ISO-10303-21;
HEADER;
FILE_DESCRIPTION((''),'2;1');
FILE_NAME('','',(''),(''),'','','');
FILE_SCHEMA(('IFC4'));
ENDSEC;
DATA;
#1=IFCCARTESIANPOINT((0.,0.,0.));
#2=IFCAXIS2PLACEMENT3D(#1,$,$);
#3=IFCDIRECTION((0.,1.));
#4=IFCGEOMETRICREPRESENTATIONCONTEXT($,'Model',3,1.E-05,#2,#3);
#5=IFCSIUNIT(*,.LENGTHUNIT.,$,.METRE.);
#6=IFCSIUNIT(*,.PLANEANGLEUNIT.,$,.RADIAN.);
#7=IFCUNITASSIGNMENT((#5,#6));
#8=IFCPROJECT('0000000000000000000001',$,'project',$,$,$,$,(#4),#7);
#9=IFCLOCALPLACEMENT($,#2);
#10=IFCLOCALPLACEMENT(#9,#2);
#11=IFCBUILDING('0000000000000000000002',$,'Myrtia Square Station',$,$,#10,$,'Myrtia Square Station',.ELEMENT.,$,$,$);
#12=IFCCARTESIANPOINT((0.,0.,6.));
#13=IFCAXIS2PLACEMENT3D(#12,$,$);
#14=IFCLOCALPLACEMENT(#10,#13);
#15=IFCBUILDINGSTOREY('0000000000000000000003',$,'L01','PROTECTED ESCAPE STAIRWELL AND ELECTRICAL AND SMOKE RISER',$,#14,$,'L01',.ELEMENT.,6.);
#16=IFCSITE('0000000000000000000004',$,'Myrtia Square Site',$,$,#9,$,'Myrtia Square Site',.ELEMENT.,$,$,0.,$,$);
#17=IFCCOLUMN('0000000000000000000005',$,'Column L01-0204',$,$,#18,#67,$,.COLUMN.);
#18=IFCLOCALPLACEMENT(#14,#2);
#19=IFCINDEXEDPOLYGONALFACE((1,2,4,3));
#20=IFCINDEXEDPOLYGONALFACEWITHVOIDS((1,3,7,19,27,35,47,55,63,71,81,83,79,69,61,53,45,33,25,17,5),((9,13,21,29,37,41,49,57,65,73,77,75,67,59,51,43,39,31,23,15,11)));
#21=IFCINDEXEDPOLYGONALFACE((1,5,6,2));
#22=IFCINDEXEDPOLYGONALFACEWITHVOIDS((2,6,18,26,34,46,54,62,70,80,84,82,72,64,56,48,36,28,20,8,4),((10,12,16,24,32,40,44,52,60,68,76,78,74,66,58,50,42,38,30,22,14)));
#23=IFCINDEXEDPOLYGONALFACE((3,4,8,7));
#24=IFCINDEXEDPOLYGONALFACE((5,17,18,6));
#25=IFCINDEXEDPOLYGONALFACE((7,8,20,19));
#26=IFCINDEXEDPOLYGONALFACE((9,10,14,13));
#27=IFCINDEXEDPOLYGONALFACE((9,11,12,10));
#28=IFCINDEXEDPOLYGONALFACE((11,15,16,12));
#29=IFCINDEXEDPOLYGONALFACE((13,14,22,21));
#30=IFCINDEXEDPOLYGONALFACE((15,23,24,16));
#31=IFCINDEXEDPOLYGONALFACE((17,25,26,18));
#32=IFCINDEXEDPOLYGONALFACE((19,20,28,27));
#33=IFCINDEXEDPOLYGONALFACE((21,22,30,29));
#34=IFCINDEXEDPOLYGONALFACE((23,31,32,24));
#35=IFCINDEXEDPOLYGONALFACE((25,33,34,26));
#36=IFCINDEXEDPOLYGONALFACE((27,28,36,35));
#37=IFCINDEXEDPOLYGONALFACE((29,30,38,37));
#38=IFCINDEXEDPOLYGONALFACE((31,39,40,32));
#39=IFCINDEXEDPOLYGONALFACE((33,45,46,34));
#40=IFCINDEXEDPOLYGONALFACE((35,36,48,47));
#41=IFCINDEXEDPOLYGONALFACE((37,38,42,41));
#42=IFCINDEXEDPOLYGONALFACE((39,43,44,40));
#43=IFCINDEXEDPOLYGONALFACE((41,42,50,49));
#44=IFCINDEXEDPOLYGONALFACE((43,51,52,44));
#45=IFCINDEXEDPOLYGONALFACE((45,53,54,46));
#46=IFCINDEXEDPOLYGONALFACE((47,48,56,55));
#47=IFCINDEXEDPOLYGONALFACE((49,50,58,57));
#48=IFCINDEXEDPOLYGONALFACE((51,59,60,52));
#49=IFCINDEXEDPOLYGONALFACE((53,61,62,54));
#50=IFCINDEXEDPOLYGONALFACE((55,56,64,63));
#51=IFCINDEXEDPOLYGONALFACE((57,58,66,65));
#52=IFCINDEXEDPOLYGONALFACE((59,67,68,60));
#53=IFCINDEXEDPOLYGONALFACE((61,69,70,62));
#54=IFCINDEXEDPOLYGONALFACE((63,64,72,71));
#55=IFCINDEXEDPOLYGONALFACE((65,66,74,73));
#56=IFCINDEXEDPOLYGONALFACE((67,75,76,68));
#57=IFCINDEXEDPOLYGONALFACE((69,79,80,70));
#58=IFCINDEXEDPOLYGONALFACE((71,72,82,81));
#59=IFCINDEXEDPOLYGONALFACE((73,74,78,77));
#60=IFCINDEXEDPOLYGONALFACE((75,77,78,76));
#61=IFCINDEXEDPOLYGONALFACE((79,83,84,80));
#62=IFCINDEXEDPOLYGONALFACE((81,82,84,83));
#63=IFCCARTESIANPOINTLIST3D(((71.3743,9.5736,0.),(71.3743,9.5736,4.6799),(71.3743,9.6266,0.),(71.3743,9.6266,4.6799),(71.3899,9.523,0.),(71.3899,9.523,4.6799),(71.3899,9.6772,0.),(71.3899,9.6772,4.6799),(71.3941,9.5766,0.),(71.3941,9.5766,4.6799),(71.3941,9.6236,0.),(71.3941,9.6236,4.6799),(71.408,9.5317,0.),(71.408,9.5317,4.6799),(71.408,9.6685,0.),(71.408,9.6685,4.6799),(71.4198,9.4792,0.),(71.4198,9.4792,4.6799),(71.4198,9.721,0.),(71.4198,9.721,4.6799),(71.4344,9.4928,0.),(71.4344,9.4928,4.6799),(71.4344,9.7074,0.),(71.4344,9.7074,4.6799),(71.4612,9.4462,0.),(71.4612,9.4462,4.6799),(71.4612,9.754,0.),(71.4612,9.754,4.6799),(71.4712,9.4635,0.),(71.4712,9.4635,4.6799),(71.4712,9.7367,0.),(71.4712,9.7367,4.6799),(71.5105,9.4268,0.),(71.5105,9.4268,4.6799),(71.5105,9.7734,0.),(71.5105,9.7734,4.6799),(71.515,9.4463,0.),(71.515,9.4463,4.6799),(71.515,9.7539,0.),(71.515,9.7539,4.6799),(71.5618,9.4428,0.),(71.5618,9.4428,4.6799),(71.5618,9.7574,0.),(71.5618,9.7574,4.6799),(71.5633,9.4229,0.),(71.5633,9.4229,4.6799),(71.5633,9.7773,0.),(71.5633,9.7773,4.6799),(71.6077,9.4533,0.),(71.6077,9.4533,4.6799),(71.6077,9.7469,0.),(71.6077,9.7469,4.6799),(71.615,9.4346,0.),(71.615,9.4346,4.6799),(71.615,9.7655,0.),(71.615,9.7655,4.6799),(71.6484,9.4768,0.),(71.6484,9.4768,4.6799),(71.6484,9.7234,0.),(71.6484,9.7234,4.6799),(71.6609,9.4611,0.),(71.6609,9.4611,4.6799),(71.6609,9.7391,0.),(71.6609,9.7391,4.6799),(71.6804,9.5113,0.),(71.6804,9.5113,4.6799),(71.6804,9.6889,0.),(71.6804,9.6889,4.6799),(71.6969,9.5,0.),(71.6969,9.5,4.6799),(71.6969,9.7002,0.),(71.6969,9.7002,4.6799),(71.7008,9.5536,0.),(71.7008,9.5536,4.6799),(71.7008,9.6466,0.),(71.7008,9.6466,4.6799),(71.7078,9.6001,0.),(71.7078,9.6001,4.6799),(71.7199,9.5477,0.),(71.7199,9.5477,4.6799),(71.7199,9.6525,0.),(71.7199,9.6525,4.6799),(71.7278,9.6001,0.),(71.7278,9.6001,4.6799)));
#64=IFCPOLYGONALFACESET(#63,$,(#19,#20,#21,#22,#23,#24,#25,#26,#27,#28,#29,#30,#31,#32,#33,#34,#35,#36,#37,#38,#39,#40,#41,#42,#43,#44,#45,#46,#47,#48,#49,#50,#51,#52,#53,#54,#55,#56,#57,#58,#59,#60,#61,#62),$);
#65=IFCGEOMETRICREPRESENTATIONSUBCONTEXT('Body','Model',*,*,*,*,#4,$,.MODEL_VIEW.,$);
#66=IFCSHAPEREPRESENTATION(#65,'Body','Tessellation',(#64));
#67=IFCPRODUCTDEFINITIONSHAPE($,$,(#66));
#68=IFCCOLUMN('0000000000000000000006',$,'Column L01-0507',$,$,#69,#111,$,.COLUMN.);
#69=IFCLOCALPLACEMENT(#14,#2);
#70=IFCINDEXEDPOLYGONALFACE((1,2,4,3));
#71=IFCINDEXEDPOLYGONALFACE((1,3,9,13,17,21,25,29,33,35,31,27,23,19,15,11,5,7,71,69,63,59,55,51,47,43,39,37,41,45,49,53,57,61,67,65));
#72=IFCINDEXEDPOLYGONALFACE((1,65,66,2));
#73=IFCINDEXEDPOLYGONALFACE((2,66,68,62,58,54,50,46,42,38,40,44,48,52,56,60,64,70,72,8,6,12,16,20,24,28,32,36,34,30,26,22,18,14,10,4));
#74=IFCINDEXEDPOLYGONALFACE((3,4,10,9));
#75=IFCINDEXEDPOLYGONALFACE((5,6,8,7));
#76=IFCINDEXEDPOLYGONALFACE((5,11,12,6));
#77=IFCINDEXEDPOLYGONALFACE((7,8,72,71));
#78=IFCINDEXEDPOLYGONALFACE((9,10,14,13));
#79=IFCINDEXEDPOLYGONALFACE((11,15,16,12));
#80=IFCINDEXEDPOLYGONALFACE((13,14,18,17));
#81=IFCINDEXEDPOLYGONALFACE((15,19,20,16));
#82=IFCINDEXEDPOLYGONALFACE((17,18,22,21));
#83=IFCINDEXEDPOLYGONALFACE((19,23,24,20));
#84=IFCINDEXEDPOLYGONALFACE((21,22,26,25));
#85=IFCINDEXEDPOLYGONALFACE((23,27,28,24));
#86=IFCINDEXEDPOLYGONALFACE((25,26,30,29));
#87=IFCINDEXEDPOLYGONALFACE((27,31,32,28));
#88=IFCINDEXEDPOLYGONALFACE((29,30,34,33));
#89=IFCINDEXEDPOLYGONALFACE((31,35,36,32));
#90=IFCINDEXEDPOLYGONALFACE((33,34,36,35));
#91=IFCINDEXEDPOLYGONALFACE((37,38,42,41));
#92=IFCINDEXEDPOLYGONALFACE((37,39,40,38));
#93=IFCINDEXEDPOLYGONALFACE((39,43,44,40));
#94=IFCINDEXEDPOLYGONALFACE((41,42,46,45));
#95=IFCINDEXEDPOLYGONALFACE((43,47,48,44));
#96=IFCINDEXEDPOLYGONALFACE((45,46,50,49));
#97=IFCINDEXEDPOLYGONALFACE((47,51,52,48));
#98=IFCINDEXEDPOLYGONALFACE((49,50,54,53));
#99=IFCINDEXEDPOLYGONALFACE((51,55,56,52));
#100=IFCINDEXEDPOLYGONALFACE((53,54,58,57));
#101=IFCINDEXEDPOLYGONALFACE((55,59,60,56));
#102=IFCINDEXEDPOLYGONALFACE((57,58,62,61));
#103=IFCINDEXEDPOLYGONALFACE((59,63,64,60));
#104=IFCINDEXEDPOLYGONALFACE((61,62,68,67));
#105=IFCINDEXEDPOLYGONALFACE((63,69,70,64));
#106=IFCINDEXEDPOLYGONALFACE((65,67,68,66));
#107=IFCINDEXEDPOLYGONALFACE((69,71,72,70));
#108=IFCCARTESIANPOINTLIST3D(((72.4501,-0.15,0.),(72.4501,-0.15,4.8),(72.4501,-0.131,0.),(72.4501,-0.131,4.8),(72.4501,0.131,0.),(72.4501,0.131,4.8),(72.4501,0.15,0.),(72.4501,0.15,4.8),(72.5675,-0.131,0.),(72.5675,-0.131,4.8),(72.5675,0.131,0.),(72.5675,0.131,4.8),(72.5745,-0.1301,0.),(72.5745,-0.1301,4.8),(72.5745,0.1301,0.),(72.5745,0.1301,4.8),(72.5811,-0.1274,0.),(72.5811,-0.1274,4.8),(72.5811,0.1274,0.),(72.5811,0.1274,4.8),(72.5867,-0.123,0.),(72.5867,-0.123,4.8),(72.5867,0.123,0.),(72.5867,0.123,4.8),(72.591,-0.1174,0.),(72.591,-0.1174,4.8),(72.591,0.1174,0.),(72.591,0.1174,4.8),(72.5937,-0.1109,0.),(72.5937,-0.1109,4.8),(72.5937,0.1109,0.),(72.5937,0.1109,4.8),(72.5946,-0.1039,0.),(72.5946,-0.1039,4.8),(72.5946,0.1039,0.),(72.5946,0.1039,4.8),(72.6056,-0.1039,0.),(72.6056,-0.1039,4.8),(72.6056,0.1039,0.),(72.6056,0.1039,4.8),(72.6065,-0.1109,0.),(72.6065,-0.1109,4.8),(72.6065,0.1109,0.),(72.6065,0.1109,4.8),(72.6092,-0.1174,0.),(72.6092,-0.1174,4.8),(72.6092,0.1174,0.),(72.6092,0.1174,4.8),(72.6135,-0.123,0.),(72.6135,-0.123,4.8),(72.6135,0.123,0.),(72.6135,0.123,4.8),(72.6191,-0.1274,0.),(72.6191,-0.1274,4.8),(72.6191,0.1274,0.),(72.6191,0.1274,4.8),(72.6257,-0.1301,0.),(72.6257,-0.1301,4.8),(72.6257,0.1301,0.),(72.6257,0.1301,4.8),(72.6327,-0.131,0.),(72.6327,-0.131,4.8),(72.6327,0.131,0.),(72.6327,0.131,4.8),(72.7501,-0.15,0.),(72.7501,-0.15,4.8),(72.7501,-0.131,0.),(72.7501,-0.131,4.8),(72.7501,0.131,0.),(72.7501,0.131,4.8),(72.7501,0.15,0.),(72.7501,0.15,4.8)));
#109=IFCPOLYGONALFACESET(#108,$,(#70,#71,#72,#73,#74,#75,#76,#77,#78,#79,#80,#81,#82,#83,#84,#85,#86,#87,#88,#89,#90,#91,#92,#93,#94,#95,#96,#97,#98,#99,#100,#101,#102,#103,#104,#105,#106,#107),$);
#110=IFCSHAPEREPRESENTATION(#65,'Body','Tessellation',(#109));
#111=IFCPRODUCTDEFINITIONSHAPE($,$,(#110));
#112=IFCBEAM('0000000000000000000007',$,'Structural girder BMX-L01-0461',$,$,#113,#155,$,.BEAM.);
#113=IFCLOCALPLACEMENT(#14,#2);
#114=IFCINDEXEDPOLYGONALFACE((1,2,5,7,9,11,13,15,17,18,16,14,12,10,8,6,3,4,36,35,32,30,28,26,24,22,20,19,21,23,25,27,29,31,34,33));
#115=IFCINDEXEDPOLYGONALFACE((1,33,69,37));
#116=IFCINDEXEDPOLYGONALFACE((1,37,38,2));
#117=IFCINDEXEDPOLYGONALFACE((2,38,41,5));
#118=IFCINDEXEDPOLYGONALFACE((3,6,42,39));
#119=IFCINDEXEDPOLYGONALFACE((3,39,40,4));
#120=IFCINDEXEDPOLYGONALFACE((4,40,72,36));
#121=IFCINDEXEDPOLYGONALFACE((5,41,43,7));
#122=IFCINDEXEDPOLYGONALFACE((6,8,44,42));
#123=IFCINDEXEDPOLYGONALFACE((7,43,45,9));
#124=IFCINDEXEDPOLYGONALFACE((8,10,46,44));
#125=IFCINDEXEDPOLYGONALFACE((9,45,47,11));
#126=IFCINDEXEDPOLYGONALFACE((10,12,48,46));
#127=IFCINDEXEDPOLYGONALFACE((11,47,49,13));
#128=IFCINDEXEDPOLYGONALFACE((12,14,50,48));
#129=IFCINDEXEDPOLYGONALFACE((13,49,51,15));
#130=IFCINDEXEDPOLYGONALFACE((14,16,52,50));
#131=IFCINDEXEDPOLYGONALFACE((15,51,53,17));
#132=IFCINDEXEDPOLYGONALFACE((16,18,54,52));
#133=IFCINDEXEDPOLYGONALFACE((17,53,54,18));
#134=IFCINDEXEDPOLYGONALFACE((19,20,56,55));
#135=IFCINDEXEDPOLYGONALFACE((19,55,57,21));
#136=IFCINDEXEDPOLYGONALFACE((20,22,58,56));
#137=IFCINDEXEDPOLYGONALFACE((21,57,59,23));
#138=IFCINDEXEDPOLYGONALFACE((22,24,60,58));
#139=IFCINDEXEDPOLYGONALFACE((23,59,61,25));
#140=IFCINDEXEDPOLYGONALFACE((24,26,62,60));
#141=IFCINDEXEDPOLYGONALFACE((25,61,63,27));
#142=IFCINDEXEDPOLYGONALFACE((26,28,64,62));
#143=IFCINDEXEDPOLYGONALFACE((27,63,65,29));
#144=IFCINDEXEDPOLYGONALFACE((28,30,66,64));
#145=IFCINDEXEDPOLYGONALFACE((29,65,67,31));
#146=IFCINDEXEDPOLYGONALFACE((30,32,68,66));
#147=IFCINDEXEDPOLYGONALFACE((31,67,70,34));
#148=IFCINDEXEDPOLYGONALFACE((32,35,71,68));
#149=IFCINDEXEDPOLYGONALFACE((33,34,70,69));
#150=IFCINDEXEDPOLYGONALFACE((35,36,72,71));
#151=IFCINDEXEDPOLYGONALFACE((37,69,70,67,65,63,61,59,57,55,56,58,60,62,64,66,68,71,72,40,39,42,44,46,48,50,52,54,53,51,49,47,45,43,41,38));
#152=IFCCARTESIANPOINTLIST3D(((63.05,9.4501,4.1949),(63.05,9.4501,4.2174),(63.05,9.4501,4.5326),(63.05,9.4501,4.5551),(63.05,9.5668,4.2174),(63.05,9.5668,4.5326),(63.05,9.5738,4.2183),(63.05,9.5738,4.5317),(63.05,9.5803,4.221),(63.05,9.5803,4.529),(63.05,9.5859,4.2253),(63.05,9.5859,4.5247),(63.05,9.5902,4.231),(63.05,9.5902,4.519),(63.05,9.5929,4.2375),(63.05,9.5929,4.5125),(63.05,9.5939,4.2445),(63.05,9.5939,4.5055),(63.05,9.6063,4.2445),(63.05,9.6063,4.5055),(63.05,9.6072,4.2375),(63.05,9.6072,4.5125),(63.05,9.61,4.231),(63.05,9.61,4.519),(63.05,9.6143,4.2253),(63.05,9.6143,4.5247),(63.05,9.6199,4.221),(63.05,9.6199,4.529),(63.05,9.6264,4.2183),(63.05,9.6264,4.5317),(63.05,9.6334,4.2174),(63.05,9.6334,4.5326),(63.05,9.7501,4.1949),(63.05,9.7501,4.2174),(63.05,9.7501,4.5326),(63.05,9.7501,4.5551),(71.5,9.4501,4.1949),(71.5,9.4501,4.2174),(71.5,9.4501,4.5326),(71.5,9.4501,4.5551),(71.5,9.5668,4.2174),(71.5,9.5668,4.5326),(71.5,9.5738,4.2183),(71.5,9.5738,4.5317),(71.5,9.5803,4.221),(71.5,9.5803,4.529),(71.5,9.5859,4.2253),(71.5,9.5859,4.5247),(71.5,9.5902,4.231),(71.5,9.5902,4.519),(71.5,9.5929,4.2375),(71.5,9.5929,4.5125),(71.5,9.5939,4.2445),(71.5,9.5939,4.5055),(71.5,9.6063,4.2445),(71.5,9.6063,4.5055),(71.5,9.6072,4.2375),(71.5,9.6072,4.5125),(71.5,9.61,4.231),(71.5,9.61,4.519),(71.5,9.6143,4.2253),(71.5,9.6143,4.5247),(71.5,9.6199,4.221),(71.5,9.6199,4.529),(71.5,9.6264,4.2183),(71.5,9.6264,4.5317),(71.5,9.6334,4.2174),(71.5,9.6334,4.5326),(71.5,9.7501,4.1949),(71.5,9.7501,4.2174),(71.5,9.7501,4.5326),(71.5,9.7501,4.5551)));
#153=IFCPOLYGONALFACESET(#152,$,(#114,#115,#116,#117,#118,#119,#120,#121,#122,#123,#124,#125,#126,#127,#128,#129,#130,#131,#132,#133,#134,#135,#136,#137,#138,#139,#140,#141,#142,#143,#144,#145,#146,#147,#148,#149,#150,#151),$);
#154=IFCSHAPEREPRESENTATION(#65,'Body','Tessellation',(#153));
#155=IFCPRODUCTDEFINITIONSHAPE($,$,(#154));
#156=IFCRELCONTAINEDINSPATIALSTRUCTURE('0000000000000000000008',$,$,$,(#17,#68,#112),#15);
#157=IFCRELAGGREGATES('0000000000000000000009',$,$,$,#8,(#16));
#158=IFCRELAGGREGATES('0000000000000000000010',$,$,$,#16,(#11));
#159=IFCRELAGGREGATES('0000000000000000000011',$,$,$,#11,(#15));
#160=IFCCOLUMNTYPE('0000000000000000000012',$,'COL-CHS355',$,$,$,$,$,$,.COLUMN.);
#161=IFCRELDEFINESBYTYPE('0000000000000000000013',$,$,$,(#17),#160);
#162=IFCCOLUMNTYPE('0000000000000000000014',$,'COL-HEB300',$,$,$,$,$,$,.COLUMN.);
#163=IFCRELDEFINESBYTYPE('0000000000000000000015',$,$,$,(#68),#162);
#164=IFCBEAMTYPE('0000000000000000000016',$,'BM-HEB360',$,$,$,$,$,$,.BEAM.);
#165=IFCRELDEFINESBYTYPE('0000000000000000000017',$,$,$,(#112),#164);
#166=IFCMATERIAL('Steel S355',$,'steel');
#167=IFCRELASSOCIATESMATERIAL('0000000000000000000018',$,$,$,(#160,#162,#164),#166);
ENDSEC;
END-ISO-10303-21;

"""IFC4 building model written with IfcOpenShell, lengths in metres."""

from ifc_helpers import new_model, si_unit, direction, frame, origin, origin_2d, place, context, subcontext, project, spatial, hollow_circle, i_section, extrude, material, material_profile, profile_set, type_object, element, save


model = new_model("IFC4")

# Units and contexts
model_context = context("Model", 3, precision=1e-05, world=origin(), true_north=direction((0.0, 1.0)))
body_context = subcontext(model_context, "Body", "Model", "MODEL_VIEW")
ifc_project = project(units=[si_unit("LENGTHUNIT", "METRE"), si_unit("PLANEANGLEUNIT", "RADIAN")], contexts=[model_context])

# Site, building, storey
site_placement = place(None, origin())
site = spatial("IfcSite", under=ifc_project, at=site_placement, Name="Myrtia Square Site", LongName="Myrtia Square Site", CompositionType="ELEMENT", RefElevation=0.0)
building_placement = place(site_placement, origin())
building = spatial("IfcBuilding", under=site, at=building_placement, Name="Myrtia Square Station", LongName="Myrtia Square Station", CompositionType="ELEMENT")
storey_placement = place(building_placement, frame((0.0, 0.0, 6.0)))
storey = spatial("IfcBuildingStorey", under=building, at=storey_placement, Name="L01", Description="PROTECTED ESCAPE STAIRWELL AND ELECTRICAL AND SMOKE RISER", LongName="L01", CompositionType="ELEMENT", Elevation=6.0)

# Columns
ifc_material_1 = material(Name="Steel S355", Category="steel")
ifc_material_profile_1 = material_profile(ifc_material_1, hollow_circle(Radius=0.1777, WallThickness=0.02, at=origin_2d()), Name="CHS 355.6x20")
ifc_profile_set_1 = profile_set([ifc_material_profile_1], Name="Steel S355")
column_type_1 = type_object("IfcColumnType", Name="COL-CHS355", PredefinedType="COLUMN", material=ifc_profile_set_1)
for number, where, z_axis, x_axis, name in (
    (1, (71.55, 9.6001, 0.0), (0.0, 0.0, 1.0), (1.0, 0.0, 0.0), "Column L01-0204"),
):
    element("IfcColumn", number, at=place(storey_placement, frame(where, z_axis=z_axis, x_axis=x_axis)), inside=storey, type_object=column_type_1, Name=name, PredefinedType="COLUMN", context=body_context, shape_type="SweptSolid", body=[
        extrude(hollow_circle(Radius=0.1777, WallThickness=0.02, at=origin_2d()), origin(), (0.0, 0.0, 1.0), 4.6799),
    ])
ifc_material_profile_2 = material_profile(ifc_material_1, i_section(OverallWidth=0.3, OverallDepth=0.3, WebThickness=0.011, FlangeThickness=0.019, FilletRadius=0.0271, at=origin_2d()), Name="HEB 300")
ifc_profile_set_2 = profile_set([ifc_material_profile_2], Name="Steel S355")
column_type_2 = type_object("IfcColumnType", Name="COL-HEB300", PredefinedType="COLUMN", material=ifc_profile_set_2)
column_placement = place(storey_placement, frame((72.6001, 0.0, 0.0), z_axis=(0.0, 0.0, 1.0), x_axis=(1.0, 0.0, 0.0)))
element("IfcColumn", 2, at=column_placement, inside=storey, type_object=column_type_2, Name="Column L01-0507", PredefinedType="COLUMN", context=body_context, shape_type="SweptSolid", body=[
    extrude(i_section(OverallWidth=0.3, OverallDepth=0.3, WebThickness=0.011, FlangeThickness=0.019, FilletRadius=0.0271, at=origin_2d()), origin(), (0.0, 0.0, 1.0), 4.8),
])

# Beam
ifc_material_profile_3 = material_profile(ifc_material_1, i_section(OverallWidth=0.3, OverallDepth=0.3601, WebThickness=0.0125, FlangeThickness=0.0225, FilletRadius=0.0271, at=origin_2d()), Name="HEB 360")
ifc_profile_set_3 = profile_set([ifc_material_profile_3], Name="Steel S355")
beam_type_1 = type_object("IfcBeamType", Name="BM-HEB360", PredefinedType="BEAM", material=ifc_profile_set_3)
beam_1_placement = place(storey_placement, frame((63.05, 9.6001, 4.375), z_axis=(1.0, 0.0, 0.0), x_axis=(0.0, 1.0, 0.0)))
element("IfcBeam", 3, at=beam_1_placement, inside=storey, type_object=beam_type_1, Name="Structural girder BMX-L01-0461", PredefinedType="BEAM", context=body_context, shape_type="SweptSolid", body=[
    extrude(i_section(OverallWidth=0.3, OverallDepth=0.3601, WebThickness=0.0125, FlangeThickness=0.0225, FilletRadius=0.0271, at=origin_2d()), origin(), (0.0, 0.0, 1.0), 8.45),
])

save(model, "model.ifc")
